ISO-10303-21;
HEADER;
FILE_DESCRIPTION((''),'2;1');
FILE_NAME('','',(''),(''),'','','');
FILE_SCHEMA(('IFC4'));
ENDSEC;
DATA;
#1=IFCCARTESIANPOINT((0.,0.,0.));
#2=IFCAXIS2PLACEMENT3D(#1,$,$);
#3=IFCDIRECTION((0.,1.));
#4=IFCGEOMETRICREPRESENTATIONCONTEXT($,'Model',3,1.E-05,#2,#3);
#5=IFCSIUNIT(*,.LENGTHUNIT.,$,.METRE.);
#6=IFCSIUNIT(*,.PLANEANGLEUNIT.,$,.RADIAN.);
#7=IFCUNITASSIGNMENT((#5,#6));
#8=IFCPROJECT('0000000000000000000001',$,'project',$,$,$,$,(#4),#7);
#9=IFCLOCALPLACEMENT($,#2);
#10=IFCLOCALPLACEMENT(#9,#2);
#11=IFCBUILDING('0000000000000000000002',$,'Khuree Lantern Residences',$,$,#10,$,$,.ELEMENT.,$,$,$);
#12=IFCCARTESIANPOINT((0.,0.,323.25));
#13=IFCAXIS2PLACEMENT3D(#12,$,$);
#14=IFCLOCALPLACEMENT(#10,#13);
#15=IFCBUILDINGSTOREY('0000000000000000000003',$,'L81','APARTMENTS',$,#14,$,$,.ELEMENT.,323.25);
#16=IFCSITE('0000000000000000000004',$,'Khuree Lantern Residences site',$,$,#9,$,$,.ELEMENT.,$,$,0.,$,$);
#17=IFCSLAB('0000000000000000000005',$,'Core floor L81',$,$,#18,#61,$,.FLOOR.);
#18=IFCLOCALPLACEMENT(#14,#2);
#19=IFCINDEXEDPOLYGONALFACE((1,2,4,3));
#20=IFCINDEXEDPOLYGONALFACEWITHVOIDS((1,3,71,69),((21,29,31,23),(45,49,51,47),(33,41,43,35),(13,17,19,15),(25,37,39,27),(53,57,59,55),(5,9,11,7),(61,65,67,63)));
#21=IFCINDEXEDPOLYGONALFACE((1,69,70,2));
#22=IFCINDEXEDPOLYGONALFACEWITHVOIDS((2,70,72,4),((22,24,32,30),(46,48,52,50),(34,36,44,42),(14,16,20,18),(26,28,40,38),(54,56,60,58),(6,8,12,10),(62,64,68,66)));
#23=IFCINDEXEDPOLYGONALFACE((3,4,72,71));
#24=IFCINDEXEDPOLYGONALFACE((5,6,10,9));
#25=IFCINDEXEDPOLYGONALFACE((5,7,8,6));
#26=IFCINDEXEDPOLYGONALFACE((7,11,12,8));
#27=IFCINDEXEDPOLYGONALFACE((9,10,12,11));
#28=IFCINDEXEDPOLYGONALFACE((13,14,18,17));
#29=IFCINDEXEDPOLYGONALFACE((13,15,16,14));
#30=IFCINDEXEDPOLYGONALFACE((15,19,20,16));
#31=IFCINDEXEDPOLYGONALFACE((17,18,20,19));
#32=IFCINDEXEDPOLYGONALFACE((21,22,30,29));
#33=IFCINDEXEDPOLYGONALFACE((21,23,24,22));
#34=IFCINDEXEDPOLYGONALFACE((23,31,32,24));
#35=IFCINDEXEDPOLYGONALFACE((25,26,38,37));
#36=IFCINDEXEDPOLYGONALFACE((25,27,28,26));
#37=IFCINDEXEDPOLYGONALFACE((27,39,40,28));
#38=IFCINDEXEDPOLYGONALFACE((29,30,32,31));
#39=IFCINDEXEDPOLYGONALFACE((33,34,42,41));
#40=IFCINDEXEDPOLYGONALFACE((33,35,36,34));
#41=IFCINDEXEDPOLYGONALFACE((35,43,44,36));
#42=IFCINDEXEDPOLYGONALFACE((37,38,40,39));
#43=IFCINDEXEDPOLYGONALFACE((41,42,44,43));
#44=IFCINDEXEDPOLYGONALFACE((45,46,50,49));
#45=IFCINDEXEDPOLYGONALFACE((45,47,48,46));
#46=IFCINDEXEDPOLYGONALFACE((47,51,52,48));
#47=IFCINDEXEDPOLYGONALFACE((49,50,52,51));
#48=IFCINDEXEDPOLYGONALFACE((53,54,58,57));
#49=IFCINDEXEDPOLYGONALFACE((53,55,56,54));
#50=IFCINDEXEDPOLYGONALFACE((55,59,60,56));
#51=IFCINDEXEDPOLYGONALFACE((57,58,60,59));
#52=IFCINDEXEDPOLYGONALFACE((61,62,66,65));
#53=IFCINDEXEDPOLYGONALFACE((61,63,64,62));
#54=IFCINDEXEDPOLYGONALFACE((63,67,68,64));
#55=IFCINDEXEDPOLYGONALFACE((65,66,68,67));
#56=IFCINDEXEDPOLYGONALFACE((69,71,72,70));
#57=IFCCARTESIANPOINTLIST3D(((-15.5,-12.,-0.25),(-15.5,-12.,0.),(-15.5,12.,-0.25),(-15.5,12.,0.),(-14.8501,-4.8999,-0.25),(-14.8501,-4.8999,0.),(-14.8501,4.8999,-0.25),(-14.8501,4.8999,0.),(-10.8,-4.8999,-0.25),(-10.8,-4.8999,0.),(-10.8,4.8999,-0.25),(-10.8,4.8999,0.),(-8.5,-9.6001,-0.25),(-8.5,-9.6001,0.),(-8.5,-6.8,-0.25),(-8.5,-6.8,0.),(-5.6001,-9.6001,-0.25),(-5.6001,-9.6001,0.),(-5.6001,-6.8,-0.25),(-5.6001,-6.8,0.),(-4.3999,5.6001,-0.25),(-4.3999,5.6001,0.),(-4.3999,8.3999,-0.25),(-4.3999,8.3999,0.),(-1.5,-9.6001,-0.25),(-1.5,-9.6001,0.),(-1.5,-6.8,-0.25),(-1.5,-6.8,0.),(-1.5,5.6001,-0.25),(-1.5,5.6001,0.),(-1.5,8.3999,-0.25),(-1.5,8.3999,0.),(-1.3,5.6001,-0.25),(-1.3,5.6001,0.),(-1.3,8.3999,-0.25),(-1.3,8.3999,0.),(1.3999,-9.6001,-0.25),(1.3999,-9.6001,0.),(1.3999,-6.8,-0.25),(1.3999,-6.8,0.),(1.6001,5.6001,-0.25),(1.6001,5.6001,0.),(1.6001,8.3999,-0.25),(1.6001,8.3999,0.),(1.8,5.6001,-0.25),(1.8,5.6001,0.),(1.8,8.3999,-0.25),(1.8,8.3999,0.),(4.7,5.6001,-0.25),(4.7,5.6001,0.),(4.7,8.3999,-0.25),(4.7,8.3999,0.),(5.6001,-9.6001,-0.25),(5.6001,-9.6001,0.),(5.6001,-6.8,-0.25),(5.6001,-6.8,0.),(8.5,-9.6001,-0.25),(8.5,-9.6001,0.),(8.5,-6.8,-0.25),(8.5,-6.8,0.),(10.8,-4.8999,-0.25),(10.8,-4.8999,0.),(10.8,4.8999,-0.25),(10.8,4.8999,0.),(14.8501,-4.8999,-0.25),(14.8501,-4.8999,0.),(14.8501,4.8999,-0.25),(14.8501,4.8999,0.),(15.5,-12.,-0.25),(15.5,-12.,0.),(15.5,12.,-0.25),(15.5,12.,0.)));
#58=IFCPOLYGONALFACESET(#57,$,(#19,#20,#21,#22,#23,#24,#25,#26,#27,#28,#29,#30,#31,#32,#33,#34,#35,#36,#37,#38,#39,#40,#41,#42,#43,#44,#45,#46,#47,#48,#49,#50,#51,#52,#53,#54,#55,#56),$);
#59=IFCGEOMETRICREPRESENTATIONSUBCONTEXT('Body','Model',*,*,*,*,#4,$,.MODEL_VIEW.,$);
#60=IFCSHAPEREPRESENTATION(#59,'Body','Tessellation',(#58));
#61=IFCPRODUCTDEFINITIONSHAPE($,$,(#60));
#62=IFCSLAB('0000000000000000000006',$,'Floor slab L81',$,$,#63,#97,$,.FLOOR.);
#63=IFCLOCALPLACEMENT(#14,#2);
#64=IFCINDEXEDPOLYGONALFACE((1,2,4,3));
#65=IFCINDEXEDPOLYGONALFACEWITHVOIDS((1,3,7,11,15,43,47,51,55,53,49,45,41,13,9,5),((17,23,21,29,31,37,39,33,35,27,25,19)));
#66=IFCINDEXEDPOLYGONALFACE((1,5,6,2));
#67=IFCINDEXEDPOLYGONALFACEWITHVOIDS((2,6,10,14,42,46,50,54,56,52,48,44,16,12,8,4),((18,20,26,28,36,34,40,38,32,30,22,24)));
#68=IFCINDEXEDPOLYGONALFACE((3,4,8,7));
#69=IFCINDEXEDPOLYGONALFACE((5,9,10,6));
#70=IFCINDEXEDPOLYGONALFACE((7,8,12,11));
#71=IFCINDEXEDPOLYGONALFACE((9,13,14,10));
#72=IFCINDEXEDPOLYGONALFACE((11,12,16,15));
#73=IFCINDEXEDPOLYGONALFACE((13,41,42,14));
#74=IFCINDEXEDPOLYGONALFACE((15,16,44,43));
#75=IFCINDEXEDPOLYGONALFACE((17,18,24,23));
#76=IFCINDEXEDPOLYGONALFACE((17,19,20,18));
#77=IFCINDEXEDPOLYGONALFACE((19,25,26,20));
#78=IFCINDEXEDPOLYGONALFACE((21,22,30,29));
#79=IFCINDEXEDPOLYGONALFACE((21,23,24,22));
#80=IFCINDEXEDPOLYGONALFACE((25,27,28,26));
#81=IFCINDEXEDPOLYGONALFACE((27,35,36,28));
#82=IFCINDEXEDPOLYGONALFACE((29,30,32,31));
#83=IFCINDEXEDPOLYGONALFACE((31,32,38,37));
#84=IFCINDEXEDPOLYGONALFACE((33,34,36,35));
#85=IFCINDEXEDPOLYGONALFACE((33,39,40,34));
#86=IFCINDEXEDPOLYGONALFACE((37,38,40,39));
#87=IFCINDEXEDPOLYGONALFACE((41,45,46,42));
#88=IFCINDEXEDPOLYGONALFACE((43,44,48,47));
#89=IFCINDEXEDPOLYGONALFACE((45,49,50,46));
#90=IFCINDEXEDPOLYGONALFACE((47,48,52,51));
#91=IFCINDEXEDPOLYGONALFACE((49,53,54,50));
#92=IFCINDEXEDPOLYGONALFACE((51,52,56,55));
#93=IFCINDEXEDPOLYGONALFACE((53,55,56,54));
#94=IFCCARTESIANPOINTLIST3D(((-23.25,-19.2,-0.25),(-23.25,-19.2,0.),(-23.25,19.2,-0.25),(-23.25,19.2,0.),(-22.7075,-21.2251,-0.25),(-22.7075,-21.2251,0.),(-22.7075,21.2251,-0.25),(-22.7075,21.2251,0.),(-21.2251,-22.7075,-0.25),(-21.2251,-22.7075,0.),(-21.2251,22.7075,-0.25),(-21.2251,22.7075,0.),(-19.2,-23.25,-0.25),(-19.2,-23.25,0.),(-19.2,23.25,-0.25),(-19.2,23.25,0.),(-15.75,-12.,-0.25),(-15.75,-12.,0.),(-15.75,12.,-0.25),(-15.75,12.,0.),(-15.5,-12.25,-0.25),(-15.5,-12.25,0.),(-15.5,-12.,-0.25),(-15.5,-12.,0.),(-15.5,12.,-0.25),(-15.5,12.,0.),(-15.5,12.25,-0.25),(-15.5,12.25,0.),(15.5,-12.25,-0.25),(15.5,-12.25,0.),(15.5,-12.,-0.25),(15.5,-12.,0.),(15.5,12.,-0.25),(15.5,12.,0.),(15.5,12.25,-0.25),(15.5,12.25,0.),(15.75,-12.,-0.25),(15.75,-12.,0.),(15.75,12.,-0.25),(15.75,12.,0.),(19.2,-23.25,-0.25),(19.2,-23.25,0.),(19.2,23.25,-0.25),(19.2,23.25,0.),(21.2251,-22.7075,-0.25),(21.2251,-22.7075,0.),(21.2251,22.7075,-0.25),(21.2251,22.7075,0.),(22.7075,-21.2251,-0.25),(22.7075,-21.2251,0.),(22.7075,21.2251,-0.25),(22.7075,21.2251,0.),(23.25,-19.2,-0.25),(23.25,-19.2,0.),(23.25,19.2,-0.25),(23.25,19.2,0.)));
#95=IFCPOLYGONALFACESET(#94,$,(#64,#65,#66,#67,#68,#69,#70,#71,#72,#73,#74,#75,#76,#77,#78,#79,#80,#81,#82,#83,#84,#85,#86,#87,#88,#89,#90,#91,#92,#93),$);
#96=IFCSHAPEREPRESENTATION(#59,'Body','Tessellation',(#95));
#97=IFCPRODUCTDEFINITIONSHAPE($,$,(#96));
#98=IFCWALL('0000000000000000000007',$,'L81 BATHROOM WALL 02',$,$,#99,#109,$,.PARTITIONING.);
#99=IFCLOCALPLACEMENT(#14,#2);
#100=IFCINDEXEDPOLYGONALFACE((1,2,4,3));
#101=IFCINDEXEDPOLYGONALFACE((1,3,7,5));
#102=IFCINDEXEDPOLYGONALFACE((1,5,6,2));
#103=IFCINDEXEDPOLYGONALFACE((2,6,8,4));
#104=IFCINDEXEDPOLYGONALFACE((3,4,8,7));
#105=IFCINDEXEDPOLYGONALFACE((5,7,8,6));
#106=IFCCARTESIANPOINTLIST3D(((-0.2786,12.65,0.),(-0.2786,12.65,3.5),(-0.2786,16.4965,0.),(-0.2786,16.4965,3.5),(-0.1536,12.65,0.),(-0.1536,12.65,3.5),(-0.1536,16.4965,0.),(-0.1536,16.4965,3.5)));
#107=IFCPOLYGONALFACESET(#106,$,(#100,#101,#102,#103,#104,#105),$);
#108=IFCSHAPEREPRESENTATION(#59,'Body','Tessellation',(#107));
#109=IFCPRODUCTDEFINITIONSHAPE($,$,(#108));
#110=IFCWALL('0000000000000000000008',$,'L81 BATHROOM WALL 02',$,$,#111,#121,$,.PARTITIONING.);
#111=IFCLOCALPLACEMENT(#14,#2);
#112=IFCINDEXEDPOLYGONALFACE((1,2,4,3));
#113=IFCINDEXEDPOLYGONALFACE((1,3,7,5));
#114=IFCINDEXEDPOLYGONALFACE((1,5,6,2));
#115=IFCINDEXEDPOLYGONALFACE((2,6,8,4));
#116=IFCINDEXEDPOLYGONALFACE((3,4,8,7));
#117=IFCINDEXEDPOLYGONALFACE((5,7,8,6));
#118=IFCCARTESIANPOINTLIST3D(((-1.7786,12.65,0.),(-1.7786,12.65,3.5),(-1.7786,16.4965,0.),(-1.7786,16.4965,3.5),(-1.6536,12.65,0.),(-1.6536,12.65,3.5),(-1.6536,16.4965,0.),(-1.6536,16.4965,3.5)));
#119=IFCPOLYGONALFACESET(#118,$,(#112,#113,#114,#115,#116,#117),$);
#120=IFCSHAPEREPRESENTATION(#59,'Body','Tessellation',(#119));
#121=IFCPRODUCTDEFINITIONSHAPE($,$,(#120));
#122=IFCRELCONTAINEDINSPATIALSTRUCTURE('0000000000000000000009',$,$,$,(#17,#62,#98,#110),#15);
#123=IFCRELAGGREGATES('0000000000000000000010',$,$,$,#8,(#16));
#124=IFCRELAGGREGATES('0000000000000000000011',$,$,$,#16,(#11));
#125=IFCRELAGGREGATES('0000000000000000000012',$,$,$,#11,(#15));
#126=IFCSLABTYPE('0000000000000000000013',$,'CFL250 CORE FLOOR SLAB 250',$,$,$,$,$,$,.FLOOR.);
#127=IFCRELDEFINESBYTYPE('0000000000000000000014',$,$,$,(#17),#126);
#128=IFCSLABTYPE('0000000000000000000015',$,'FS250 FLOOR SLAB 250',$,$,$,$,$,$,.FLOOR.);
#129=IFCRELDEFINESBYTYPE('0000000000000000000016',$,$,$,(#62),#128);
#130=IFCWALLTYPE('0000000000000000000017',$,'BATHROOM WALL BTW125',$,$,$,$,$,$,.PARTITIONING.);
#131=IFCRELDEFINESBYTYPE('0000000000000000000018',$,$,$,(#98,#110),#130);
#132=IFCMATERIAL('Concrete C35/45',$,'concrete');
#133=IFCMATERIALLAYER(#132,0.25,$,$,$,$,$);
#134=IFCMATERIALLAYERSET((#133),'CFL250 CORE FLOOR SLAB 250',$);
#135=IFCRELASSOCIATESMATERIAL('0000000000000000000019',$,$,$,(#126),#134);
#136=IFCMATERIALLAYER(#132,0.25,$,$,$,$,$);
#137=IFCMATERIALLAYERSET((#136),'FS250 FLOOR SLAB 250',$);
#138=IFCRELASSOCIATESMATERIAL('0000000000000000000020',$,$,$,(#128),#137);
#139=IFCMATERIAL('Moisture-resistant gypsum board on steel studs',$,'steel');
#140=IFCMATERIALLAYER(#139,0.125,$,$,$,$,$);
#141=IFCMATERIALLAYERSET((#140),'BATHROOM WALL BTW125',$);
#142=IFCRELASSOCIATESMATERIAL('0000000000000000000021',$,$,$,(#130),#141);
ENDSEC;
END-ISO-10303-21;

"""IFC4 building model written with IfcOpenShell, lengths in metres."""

from ifc_helpers import new_model, si_unit, direction, frame, frame_2d, origin, place, context, subcontext, project, spatial, polyline, rectangle, outline, extrude, material, layer, layer_set, type_object, element, save


model = new_model("IFC4")

# Units and contexts
model_context = context("Model", 3, precision=1e-05, world=origin(), true_north=direction((0.0, 1.0)))
body_context = subcontext(model_context, "Body", "Model", "MODEL_VIEW")
ifc_project = project(units=[si_unit("LENGTHUNIT", "METRE"), si_unit("PLANEANGLEUNIT", "RADIAN")], contexts=[model_context])

# Site, building, storey
site_placement = place(None, origin())
site = spatial("IfcSite", under=ifc_project, at=site_placement, Name="Khuree Lantern Residences site", CompositionType="ELEMENT", RefElevation=0.0)
building_placement = place(site_placement, origin())
building = spatial("IfcBuilding", under=site, at=building_placement, Name="Khuree Lantern Residences", CompositionType="ELEMENT")
storey_placement = place(building_placement, frame((0.0, 0.0, 323.25)))
storey = spatial("IfcBuildingStorey", under=building, at=storey_placement, Name="L81", Description="APARTMENTS", CompositionType="ELEMENT", Elevation=323.25)

# Slabs
ifc_material_1 = material(Name="Concrete C35/45", Category="concrete")
ifc_layer_1 = layer(ifc_material_1, 0.25)
ifc_layer_set_1 = layer_set([ifc_layer_1], Name="CFL250 CORE FLOOR SLAB 250")
slab_type_1 = type_object("IfcSlabType", Name="CFL250 CORE FLOOR SLAB 250", PredefinedType="FLOOR", material=ifc_layer_set_1)
slab_1_placement = place(storey_placement, frame((0.0, 0.0, -0.25)))
element("IfcSlab", 1, at=slab_1_placement, inside=storey, type_object=slab_type_1, Name="Core floor L81", PredefinedType="FLOOR", context=body_context, shape_type="SweptSolid", body=[
    extrude(outline(polyline([(-15.5, -12.0), (-15.5, 12.0), (15.5, 12.0), (15.5, -12.0), (-15.5, -12.0)]), holes=[polyline([(10.8, 4.8999), (10.8, -4.8999), (14.8501, -4.8999), (14.8501, 4.8999), (10.8, 4.8999)]), polyline([(5.6001, -6.8), (5.6001, -9.6001), (8.5, -9.6001), (8.5, -6.8), (5.6001, -6.8)]), polyline([(1.8, 8.3999), (1.8, 5.6001), (4.7, 5.6001), (4.7, 8.3999), (1.8, 8.3999)]), polyline([(-1.3, 8.3999), (-1.3, 5.6001), (1.6001, 5.6001), (1.6001, 8.3999), (-1.3, 8.3999)]), polyline([(-1.5, -6.8), (-1.5, -9.6001), (1.3999, -9.6001), (1.3999, -6.8), (-1.5, -6.8)]), polyline([(-4.3999, 8.3999), (-4.3999, 5.6001), (-1.5, 5.6001), (-1.5, 8.3999), (-4.3999, 8.3999)]), polyline([(-8.5, -6.8), (-8.5, -9.6001), (-5.6001, -9.6001), (-5.6001, -6.8), (-8.5, -6.8)]), polyline([(-14.8501, 4.8999), (-14.8501, -4.8999), (-10.8, -4.8999), (-10.8, 4.8999), (-14.8501, 4.8999)])]), origin(), (0.0, 0.0, 1.0), 0.25),
])
ifc_layer_2 = layer(ifc_material_1, 0.25)
ifc_layer_set_2 = layer_set([ifc_layer_2], Name="FS250 FLOOR SLAB 250")
slab_type_2 = type_object("IfcSlabType", Name="FS250 FLOOR SLAB 250", PredefinedType="FLOOR", material=ifc_layer_set_2)
slab_2_placement = place(storey_placement, frame((0.0, 0.0, -0.25)))
element("IfcSlab", 2, at=slab_2_placement, inside=storey, type_object=slab_type_2, Name="Floor slab L81", PredefinedType="FLOOR", context=body_context, shape_type="SweptSolid", body=[
    extrude(outline(polyline([(-21.2251, -22.7075), (-22.7075, -21.2251), (-23.25, -19.2), (-23.25, 19.2), (-22.7075, 21.2251), (-21.2251, 22.7075), (-19.2, 23.25), (19.2, 23.25), (21.2251, 22.7075), (22.7075, 21.2251), (23.25, 19.2), (23.25, -19.2), (22.7075, -21.2251), (21.2251, -22.7075), (19.2, -23.25), (-19.2, -23.25), (-21.2251, -22.7075)]), holes=[polyline([(15.75, 12.0), (15.5, 12.0), (15.5, 12.25), (-15.5, 12.25), (-15.5, 12.0), (-15.75, 12.0), (-15.75, -12.0), (-15.5, -12.0), (-15.5, -12.25), (15.5, -12.25), (15.5, -12.0), (15.75, -12.0), (15.75, 12.0)])]), origin(), (0.0, 0.0, 1.0), 0.25),
])

# Walls
ifc_material_2 = material(Name="Moisture-resistant gypsum board on steel studs", Category="steel")
ifc_layer_3 = layer(ifc_material_2, 0.125)
ifc_layer_set_3 = layer_set([ifc_layer_3], Name="BATHROOM WALL BTW125")
wall_type_1 = type_object("IfcWallType", Name="BATHROOM WALL BTW125", PredefinedType="PARTITIONING", material=ifc_layer_set_3)
for number, where, z_axis, x_axis, name in (
    (3, (-0.2161, 12.6499, 0.0), (0.0, 0.0, 1.0), (0.0, 1.0, 0.0), "L81 BATHROOM WALL 02"),
    (4, (-1.7161, 12.6499, 0.0), (0.0, 0.0, 1.0), (0.0, 1.0, 0.0), "L81 BATHROOM WALL 02"),
):
    element("IfcWall", number, at=place(storey_placement, frame(where, z_axis=z_axis, x_axis=x_axis)), inside=storey, type_object=wall_type_1, Name=name, PredefinedType="PARTITIONING", context=body_context, shape_type="SweptSolid", body=[
        extrude(rectangle(XDim=3.8464, YDim=0.125, at=frame_2d((1.9233, 0.0))), origin(), (0.0, 0.0, 1.0), 3.5),
    ])

save(model, "model.ifc")
